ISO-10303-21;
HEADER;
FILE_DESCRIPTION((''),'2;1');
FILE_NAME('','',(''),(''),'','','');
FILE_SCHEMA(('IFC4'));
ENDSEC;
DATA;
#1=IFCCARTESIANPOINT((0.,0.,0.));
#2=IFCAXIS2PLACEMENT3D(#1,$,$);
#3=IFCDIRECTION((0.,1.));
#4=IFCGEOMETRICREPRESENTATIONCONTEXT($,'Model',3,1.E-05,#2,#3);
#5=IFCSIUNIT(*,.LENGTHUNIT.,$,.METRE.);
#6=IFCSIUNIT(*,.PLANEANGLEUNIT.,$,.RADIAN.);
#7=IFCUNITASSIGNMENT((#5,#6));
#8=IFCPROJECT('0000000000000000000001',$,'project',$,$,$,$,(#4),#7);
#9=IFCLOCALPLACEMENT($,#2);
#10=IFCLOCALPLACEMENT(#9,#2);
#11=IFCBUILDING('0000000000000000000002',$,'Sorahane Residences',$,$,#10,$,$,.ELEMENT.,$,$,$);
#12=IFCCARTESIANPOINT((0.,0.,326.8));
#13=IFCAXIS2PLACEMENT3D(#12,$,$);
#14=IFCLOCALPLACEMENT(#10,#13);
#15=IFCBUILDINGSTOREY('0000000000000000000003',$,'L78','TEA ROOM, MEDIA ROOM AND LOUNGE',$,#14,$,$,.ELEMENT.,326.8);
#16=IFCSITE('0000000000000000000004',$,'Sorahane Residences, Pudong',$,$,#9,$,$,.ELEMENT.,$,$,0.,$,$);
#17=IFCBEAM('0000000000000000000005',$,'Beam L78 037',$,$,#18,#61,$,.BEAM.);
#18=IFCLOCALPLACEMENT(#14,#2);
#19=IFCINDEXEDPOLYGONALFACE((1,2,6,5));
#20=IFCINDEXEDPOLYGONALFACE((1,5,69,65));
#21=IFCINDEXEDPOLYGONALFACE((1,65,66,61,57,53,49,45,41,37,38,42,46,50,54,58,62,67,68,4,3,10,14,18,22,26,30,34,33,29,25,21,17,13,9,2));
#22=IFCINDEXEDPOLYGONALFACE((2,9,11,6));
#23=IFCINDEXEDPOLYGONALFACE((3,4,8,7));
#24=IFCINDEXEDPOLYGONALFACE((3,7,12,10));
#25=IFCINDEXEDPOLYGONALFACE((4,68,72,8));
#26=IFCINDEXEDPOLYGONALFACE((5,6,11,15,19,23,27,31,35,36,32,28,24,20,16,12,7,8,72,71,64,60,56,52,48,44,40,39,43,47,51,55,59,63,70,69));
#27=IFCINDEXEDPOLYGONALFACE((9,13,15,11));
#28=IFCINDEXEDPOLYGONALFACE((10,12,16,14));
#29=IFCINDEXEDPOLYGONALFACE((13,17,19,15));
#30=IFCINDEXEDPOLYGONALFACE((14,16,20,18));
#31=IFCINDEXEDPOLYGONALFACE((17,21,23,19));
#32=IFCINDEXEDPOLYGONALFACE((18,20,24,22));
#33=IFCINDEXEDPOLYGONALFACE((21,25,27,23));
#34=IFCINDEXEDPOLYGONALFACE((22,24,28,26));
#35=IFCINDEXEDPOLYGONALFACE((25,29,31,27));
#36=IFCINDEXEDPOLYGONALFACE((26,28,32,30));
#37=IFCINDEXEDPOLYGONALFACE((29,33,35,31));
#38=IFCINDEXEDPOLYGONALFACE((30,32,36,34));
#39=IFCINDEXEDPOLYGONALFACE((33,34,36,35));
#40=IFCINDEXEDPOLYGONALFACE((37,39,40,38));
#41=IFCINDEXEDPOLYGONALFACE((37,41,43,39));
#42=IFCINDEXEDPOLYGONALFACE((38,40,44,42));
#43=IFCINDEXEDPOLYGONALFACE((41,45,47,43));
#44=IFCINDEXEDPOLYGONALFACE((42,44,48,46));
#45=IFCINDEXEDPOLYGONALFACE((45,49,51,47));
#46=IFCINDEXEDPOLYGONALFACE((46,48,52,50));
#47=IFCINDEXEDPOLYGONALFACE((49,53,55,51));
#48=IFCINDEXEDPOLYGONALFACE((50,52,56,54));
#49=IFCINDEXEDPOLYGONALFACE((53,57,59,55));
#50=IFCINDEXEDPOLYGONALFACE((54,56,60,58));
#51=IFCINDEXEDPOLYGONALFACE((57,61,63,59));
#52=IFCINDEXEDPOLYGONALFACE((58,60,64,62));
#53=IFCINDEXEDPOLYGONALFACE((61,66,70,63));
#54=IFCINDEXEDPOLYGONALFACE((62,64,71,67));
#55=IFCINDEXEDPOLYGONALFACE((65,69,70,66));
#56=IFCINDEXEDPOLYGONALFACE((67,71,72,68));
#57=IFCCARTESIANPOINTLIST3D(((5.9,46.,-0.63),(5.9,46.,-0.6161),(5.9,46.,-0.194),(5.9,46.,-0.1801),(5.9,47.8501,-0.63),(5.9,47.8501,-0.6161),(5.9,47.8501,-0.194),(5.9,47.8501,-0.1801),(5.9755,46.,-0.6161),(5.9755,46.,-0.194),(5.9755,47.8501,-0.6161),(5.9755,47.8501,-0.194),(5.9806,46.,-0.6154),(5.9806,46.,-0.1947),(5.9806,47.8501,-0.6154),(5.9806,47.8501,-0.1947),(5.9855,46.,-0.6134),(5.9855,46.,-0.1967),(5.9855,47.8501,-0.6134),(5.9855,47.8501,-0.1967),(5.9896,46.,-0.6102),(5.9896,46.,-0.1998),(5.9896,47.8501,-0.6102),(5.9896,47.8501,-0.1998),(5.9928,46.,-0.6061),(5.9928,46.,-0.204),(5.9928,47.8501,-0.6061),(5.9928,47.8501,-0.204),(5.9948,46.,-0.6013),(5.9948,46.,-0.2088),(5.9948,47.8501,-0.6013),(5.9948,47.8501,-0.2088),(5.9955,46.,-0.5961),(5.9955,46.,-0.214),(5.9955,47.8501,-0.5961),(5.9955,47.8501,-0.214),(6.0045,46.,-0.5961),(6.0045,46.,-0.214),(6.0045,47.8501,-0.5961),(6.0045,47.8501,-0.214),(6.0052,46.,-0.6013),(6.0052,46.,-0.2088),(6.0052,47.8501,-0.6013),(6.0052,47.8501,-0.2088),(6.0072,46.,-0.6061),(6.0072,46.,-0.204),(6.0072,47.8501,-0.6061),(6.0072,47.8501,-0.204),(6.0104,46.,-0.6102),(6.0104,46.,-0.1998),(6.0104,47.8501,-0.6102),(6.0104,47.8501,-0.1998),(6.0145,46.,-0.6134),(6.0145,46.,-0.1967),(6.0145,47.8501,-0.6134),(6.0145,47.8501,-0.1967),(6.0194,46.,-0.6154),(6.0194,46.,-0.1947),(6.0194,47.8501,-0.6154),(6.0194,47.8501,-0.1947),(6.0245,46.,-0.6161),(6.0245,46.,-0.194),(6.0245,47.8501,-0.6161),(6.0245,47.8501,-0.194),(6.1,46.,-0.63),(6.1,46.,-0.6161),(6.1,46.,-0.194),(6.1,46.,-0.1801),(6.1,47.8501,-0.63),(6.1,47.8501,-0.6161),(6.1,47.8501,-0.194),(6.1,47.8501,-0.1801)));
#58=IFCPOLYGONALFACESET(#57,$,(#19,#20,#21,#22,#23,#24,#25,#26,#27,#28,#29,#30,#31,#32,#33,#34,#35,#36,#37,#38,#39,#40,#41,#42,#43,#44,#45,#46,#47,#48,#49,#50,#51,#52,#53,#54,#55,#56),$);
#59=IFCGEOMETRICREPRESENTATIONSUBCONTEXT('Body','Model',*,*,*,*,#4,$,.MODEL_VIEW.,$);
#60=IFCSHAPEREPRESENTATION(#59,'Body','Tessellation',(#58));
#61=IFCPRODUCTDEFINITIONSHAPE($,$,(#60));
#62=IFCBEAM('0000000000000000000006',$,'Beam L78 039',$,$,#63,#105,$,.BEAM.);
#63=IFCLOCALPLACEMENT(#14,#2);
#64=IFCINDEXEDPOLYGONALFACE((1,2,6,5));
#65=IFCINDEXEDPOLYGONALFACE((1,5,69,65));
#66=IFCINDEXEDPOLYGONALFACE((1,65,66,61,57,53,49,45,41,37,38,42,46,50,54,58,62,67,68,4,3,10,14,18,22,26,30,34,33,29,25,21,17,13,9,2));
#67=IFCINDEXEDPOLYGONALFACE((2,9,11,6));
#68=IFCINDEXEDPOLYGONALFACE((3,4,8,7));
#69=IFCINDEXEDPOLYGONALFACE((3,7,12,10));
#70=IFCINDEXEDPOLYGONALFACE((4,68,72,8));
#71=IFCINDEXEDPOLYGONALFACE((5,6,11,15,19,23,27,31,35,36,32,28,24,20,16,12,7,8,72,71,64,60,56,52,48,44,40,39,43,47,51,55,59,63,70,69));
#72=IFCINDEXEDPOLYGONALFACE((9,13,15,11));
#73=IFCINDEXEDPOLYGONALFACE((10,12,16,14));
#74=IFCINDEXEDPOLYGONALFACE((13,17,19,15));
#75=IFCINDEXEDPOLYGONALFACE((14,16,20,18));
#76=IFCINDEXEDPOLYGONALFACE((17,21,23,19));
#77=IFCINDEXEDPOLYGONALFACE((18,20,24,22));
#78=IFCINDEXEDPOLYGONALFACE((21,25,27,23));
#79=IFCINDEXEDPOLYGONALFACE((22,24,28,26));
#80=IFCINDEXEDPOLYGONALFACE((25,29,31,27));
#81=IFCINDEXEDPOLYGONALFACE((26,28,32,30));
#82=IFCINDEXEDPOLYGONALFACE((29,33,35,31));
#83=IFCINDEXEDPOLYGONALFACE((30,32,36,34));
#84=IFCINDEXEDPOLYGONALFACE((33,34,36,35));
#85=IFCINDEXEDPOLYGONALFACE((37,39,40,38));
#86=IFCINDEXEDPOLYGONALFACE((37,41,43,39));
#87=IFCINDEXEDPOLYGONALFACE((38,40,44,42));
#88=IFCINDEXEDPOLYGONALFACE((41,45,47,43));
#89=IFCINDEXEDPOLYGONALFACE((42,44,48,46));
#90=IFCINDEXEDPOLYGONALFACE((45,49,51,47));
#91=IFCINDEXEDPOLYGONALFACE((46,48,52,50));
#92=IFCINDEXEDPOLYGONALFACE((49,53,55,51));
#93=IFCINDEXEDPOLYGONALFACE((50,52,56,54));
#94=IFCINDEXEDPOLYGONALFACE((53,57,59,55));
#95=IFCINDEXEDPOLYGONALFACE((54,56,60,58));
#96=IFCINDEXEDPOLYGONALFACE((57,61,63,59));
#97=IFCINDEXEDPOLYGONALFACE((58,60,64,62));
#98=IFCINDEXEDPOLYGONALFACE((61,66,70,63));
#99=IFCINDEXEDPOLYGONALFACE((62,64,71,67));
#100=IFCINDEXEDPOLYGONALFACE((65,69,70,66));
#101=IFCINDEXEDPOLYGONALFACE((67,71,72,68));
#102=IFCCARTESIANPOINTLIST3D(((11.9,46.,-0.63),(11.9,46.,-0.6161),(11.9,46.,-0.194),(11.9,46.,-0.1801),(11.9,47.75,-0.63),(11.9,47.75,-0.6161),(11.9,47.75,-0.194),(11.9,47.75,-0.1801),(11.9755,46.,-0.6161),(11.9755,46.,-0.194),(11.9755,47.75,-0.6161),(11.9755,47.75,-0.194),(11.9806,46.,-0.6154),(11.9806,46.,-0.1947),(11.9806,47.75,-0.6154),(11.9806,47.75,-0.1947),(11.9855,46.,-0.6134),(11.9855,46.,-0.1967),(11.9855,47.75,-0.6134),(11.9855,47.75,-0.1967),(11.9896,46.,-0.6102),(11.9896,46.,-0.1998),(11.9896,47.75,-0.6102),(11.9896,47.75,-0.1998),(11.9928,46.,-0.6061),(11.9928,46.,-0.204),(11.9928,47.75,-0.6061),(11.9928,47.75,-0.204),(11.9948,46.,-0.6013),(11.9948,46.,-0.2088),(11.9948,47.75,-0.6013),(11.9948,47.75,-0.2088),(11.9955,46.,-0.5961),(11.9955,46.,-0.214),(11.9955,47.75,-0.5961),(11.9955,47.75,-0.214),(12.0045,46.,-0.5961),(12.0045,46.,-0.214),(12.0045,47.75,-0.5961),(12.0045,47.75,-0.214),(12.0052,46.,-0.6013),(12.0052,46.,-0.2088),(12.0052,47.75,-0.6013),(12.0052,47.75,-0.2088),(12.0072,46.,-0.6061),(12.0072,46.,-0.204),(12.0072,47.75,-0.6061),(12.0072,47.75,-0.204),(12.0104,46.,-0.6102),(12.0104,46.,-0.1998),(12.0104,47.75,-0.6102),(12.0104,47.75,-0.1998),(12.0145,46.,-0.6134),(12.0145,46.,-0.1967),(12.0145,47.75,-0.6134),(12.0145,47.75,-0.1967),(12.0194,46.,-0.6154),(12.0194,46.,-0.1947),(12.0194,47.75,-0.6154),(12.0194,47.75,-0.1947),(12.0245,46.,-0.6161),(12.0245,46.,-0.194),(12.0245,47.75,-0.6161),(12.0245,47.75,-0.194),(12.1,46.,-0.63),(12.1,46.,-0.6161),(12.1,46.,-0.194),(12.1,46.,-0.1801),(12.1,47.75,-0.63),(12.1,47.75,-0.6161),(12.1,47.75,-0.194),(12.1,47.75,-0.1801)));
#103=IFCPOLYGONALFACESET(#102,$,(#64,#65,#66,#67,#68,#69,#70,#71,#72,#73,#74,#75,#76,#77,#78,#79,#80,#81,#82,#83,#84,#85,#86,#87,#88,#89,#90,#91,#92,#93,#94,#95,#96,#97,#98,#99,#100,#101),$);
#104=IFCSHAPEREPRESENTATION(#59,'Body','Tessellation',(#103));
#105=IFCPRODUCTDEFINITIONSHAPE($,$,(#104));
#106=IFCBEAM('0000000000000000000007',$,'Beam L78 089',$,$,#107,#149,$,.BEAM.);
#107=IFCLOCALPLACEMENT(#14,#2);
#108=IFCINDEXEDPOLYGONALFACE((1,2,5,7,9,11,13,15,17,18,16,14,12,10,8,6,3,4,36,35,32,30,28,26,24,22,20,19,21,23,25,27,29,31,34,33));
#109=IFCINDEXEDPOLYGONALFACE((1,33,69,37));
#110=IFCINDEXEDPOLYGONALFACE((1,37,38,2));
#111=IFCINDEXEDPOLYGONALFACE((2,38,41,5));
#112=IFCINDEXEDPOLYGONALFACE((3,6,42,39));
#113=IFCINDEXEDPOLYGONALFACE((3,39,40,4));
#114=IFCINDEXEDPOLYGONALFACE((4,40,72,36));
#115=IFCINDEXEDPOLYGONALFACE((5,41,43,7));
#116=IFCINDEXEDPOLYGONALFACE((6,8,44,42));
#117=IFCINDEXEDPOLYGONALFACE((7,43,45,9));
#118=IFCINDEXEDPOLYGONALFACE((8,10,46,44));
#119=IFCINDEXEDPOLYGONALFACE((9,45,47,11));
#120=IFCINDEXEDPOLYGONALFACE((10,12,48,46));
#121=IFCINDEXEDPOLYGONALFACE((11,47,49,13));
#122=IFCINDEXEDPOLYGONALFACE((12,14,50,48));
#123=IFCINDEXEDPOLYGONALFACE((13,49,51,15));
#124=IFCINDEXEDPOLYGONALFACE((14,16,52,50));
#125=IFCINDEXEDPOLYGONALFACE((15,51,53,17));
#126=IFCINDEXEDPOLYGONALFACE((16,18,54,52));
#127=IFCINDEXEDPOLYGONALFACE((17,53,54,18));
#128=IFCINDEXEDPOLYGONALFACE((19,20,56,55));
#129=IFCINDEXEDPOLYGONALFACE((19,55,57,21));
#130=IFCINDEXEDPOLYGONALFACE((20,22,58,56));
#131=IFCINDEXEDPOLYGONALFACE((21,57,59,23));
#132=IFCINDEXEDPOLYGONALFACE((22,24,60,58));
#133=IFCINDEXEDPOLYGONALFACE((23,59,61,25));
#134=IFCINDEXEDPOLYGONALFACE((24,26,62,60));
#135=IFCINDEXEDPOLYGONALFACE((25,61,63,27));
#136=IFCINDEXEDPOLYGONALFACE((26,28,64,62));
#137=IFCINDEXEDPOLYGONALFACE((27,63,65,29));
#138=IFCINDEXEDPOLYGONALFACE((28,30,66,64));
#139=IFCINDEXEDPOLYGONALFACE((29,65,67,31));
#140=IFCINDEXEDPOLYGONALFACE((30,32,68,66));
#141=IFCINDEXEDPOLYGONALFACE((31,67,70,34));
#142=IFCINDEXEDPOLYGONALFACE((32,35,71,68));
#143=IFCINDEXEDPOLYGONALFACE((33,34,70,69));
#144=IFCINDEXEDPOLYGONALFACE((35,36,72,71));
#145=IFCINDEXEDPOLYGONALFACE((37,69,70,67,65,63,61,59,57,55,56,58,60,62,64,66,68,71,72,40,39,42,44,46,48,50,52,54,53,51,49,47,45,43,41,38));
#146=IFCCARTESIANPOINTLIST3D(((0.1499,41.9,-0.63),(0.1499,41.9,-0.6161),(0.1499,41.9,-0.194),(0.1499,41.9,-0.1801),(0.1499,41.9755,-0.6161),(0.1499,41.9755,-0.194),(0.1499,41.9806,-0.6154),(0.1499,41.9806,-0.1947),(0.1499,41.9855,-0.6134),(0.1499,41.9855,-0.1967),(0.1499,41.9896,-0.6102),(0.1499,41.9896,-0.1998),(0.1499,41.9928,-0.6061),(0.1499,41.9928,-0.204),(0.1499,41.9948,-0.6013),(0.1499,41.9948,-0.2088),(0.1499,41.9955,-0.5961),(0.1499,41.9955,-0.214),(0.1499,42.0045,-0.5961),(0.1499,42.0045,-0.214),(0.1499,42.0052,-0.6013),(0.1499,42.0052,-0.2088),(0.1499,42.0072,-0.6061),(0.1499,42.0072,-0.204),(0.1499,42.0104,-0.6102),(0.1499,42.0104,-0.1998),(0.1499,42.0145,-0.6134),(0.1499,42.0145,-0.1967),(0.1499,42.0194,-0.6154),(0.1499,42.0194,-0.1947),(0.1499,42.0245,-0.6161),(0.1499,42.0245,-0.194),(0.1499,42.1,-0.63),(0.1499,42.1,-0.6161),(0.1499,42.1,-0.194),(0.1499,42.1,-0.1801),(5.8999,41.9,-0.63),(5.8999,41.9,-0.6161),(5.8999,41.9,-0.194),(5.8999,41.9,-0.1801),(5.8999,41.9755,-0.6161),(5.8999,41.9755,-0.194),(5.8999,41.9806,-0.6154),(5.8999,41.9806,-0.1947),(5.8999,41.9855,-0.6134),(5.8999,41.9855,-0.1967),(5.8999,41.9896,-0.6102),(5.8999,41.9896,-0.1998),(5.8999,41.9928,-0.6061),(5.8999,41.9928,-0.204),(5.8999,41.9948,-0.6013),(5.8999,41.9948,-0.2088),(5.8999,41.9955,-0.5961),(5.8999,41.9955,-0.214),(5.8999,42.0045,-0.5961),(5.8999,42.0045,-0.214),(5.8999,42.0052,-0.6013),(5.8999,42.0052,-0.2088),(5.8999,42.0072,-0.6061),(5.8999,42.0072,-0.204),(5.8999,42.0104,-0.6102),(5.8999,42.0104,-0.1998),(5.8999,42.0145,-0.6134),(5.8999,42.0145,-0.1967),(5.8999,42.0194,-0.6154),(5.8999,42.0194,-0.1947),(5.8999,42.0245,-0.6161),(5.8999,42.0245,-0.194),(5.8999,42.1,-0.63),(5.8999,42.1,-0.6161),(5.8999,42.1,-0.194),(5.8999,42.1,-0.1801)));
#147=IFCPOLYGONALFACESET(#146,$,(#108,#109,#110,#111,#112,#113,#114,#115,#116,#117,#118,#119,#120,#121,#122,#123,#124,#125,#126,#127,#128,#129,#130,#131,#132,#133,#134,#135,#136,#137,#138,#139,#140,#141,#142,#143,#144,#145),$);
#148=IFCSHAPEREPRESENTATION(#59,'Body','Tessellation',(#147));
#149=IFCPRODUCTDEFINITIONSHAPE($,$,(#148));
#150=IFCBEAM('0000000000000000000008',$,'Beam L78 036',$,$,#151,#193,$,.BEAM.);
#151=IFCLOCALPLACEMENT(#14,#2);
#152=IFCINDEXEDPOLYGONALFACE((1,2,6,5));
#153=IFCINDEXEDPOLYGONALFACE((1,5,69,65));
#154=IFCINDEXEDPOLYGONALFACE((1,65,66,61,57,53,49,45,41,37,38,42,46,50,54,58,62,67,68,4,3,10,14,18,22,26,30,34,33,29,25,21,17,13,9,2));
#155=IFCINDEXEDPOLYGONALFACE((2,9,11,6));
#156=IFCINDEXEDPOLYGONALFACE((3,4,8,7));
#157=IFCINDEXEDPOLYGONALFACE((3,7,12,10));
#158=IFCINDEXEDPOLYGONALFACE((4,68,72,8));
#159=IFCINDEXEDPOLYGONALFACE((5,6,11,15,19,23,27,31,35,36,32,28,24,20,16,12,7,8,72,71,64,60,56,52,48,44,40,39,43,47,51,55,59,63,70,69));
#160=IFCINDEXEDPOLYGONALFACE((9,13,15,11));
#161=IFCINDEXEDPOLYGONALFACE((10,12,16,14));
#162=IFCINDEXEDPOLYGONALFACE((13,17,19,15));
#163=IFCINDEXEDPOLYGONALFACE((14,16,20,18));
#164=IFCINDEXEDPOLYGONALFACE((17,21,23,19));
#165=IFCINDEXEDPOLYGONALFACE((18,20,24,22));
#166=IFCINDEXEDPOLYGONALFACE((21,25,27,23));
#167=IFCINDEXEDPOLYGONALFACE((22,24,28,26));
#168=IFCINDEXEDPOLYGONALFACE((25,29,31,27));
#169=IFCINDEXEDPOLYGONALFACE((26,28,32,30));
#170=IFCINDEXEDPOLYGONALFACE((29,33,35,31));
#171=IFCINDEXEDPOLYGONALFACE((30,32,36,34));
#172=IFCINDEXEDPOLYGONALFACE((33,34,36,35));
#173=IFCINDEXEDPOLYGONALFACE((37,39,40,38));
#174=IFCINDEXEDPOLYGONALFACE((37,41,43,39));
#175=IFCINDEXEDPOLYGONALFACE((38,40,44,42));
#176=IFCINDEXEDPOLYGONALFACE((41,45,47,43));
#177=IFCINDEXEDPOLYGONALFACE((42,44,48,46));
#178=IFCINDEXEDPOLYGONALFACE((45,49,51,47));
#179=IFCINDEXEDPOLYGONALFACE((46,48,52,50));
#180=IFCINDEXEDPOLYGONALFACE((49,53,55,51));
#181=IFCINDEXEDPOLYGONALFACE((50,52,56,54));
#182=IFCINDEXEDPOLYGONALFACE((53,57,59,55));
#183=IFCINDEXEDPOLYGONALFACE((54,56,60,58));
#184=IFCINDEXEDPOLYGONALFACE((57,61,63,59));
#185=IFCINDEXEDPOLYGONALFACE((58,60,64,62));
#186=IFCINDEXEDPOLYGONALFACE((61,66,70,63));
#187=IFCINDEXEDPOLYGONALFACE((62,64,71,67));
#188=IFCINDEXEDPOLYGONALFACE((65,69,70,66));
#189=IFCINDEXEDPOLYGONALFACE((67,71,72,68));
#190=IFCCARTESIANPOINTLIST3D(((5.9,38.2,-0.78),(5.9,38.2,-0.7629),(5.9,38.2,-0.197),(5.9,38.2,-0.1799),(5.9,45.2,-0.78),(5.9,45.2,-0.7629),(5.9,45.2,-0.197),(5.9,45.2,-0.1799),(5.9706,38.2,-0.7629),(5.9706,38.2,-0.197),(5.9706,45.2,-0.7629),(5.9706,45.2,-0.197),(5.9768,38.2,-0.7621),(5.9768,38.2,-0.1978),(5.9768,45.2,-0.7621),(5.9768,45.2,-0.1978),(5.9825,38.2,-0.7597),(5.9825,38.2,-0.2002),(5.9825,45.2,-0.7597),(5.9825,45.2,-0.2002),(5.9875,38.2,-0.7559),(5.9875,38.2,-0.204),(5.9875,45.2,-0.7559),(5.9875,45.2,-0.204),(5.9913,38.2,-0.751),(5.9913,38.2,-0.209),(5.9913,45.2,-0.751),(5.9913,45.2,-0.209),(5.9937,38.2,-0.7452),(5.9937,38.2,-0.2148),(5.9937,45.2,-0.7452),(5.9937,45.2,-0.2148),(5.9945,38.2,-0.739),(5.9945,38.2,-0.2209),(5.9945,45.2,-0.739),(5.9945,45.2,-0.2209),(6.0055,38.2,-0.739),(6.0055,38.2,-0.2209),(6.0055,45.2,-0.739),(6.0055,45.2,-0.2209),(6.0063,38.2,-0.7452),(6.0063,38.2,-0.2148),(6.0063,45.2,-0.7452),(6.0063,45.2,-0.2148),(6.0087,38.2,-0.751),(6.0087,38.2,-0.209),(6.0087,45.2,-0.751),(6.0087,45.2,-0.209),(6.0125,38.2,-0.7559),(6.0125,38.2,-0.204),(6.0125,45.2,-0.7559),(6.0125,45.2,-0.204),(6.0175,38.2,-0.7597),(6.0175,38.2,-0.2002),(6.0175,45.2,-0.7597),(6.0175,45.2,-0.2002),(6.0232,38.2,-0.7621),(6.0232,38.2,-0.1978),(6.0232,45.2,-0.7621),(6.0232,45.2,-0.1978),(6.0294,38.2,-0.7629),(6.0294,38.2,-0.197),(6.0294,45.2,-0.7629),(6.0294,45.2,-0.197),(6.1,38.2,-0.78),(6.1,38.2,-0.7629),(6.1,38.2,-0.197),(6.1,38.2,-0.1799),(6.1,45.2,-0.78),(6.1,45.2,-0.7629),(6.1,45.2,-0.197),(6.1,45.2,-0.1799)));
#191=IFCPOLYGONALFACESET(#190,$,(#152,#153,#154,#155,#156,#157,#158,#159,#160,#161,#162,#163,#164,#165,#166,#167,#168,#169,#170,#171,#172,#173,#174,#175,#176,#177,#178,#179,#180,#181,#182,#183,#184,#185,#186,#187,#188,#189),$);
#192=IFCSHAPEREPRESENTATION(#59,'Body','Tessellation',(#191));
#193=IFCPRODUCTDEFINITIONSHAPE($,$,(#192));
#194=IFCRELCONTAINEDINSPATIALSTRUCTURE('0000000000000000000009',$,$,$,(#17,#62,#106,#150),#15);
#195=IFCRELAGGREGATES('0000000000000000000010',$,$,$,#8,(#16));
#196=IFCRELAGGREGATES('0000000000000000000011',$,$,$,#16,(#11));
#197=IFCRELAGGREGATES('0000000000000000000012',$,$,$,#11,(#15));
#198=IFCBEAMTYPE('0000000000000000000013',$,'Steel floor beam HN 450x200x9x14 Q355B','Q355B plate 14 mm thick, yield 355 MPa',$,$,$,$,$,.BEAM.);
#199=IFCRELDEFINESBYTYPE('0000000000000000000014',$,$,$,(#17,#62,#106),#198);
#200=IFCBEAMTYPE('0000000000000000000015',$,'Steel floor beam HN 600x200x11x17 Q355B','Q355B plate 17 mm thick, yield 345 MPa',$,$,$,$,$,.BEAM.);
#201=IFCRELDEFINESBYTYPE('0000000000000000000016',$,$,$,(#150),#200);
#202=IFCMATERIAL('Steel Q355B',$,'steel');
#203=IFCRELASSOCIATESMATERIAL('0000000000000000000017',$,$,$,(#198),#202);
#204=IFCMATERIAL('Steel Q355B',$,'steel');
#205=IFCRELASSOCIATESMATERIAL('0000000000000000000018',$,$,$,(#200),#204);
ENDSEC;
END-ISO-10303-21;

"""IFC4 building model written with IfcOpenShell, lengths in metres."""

from ifc_helpers import new_model, si_unit, direction, frame, origin, origin_2d, place, context, subcontext, project, spatial, i_section, extrude, material, material_profile, profile_set, type_object, element, save


model = new_model("IFC4")

# Units and contexts
model_context = context("Model", 3, precision=1e-05, world=origin(), true_north=direction((0.0, 1.0)))
body_context = subcontext(model_context, "Body", "Model", "MODEL_VIEW")
ifc_project = project(units=[si_unit("LENGTHUNIT", "METRE"), si_unit("PLANEANGLEUNIT", "RADIAN")], contexts=[model_context])

# Site, building, storey
site_placement = place(None, origin())
site = spatial("IfcSite", under=ifc_project, at=site_placement, Name="Sorahane Residences, Pudong", CompositionType="ELEMENT", RefElevation=0.0)
building_placement = place(site_placement, origin())
building = spatial("IfcBuilding", under=site, at=building_placement, Name="Sorahane Residences", CompositionType="ELEMENT")
storey_placement = place(building_placement, frame((0.0, 0.0, 326.8)))
storey = spatial("IfcBuildingStorey", under=building, at=storey_placement, Name="L78", Description="TEA ROOM, MEDIA ROOM AND LOUNGE", CompositionType="ELEMENT", Elevation=326.8)

# Beams
ifc_material_1 = material(Name="Steel Q355B", Category="steel")
ifc_material_profile_1 = material_profile(ifc_material_1, i_section(OverallWidth=0.2, OverallDepth=0.45, WebThickness=0.009, FlangeThickness=0.0139, FilletRadius=0.02, at=origin_2d()), Name="HN 450x200x9x14")
ifc_profile_set_1 = profile_set([ifc_material_profile_1], Name="Steel Q355B")
beam_type_1 = type_object("IfcBeamType", Name="Steel floor beam HN 450x200x9x14 Q355B", Description="Q355B plate 14 mm thick, yield 355 MPa", PredefinedType="BEAM", material=ifc_profile_set_1)
beam_1_placement = place(storey_placement, frame((6.0, 46.0, -0.405), z_axis=(0.0, 1.0, 0.0), x_axis=(-1.0, 0.0, 0.0)))
element("IfcBeam", 1, at=beam_1_placement, inside=storey, type_object=beam_type_1, Name="Beam L78 037", PredefinedType="BEAM", context=body_context, shape_type="SweptSolid", body=[
    extrude(i_section(OverallWidth=0.2, OverallDepth=0.45, WebThickness=0.009, FlangeThickness=0.0139, FilletRadius=0.02, at=origin_2d()), origin(), (0.0, 0.0, 1.0), 1.8501),
])
beam_2_placement = place(storey_placement, frame((12.0, 46.0, -0.405), z_axis=(0.0, 1.0, 0.0), x_axis=(-1.0, 0.0, 0.0)))
element("IfcBeam", 2, at=beam_2_placement, inside=storey, type_object=beam_type_1, Name="Beam L78 039", PredefinedType="BEAM", context=body_context, shape_type="SweptSolid", body=[
    extrude(i_section(OverallWidth=0.2, OverallDepth=0.45, WebThickness=0.009, FlangeThickness=0.0139, FilletRadius=0.02, at=origin_2d()), origin(), (0.0, 0.0, 1.0), 1.75),
])
beam_3_placement = place(storey_placement, frame((0.1499, 42.0, -0.405), z_axis=(1.0, 0.0, 0.0), x_axis=(0.0, 1.0, 0.0)))
element("IfcBeam", 3, at=beam_3_placement, inside=storey, type_object=beam_type_1, Name="Beam L78 089", PredefinedType="BEAM", context=body_context, shape_type="SweptSolid", body=[
    extrude(i_section(OverallWidth=0.2, OverallDepth=0.45, WebThickness=0.009, FlangeThickness=0.0139, FilletRadius=0.02, at=origin_2d()), origin(), (0.0, 0.0, 1.0), 5.75),
])
ifc_material_2 = material(Name="Steel Q355B", Category="steel")
ifc_material_profile_2 = material_profile(ifc_material_2, i_section(OverallWidth=0.2, OverallDepth=0.6001, WebThickness=0.011, FlangeThickness=0.0171, FilletRadius=0.0239, at=origin_2d()), Name="HN 600x200x11x17")
ifc_profile_set_2 = profile_set([ifc_material_profile_2], Name="Steel Q355B")
beam_type_2 = type_object("IfcBeamType", Name="Steel floor beam HN 600x200x11x17 Q355B", Description="Q355B plate 17 mm thick, yield 345 MPa", PredefinedType="BEAM", material=ifc_profile_set_2)
beam_4_placement = place(storey_placement, frame((6.0, 38.2, -0.48), z_axis=(0.0, 1.0, 0.0), x_axis=(-1.0, 0.0, 0.0)))
element("IfcBeam", 4, at=beam_4_placement, inside=storey, type_object=beam_type_2, Name="Beam L78 036", PredefinedType="BEAM", context=body_context, shape_type="SweptSolid", body=[
    extrude(i_section(OverallWidth=0.2, OverallDepth=0.6001, WebThickness=0.011, FlangeThickness=0.0171, FilletRadius=0.0239, at=origin_2d()), origin(), (0.0, 0.0, 1.0), 7.0),
])

save(model, "model.ifc")
